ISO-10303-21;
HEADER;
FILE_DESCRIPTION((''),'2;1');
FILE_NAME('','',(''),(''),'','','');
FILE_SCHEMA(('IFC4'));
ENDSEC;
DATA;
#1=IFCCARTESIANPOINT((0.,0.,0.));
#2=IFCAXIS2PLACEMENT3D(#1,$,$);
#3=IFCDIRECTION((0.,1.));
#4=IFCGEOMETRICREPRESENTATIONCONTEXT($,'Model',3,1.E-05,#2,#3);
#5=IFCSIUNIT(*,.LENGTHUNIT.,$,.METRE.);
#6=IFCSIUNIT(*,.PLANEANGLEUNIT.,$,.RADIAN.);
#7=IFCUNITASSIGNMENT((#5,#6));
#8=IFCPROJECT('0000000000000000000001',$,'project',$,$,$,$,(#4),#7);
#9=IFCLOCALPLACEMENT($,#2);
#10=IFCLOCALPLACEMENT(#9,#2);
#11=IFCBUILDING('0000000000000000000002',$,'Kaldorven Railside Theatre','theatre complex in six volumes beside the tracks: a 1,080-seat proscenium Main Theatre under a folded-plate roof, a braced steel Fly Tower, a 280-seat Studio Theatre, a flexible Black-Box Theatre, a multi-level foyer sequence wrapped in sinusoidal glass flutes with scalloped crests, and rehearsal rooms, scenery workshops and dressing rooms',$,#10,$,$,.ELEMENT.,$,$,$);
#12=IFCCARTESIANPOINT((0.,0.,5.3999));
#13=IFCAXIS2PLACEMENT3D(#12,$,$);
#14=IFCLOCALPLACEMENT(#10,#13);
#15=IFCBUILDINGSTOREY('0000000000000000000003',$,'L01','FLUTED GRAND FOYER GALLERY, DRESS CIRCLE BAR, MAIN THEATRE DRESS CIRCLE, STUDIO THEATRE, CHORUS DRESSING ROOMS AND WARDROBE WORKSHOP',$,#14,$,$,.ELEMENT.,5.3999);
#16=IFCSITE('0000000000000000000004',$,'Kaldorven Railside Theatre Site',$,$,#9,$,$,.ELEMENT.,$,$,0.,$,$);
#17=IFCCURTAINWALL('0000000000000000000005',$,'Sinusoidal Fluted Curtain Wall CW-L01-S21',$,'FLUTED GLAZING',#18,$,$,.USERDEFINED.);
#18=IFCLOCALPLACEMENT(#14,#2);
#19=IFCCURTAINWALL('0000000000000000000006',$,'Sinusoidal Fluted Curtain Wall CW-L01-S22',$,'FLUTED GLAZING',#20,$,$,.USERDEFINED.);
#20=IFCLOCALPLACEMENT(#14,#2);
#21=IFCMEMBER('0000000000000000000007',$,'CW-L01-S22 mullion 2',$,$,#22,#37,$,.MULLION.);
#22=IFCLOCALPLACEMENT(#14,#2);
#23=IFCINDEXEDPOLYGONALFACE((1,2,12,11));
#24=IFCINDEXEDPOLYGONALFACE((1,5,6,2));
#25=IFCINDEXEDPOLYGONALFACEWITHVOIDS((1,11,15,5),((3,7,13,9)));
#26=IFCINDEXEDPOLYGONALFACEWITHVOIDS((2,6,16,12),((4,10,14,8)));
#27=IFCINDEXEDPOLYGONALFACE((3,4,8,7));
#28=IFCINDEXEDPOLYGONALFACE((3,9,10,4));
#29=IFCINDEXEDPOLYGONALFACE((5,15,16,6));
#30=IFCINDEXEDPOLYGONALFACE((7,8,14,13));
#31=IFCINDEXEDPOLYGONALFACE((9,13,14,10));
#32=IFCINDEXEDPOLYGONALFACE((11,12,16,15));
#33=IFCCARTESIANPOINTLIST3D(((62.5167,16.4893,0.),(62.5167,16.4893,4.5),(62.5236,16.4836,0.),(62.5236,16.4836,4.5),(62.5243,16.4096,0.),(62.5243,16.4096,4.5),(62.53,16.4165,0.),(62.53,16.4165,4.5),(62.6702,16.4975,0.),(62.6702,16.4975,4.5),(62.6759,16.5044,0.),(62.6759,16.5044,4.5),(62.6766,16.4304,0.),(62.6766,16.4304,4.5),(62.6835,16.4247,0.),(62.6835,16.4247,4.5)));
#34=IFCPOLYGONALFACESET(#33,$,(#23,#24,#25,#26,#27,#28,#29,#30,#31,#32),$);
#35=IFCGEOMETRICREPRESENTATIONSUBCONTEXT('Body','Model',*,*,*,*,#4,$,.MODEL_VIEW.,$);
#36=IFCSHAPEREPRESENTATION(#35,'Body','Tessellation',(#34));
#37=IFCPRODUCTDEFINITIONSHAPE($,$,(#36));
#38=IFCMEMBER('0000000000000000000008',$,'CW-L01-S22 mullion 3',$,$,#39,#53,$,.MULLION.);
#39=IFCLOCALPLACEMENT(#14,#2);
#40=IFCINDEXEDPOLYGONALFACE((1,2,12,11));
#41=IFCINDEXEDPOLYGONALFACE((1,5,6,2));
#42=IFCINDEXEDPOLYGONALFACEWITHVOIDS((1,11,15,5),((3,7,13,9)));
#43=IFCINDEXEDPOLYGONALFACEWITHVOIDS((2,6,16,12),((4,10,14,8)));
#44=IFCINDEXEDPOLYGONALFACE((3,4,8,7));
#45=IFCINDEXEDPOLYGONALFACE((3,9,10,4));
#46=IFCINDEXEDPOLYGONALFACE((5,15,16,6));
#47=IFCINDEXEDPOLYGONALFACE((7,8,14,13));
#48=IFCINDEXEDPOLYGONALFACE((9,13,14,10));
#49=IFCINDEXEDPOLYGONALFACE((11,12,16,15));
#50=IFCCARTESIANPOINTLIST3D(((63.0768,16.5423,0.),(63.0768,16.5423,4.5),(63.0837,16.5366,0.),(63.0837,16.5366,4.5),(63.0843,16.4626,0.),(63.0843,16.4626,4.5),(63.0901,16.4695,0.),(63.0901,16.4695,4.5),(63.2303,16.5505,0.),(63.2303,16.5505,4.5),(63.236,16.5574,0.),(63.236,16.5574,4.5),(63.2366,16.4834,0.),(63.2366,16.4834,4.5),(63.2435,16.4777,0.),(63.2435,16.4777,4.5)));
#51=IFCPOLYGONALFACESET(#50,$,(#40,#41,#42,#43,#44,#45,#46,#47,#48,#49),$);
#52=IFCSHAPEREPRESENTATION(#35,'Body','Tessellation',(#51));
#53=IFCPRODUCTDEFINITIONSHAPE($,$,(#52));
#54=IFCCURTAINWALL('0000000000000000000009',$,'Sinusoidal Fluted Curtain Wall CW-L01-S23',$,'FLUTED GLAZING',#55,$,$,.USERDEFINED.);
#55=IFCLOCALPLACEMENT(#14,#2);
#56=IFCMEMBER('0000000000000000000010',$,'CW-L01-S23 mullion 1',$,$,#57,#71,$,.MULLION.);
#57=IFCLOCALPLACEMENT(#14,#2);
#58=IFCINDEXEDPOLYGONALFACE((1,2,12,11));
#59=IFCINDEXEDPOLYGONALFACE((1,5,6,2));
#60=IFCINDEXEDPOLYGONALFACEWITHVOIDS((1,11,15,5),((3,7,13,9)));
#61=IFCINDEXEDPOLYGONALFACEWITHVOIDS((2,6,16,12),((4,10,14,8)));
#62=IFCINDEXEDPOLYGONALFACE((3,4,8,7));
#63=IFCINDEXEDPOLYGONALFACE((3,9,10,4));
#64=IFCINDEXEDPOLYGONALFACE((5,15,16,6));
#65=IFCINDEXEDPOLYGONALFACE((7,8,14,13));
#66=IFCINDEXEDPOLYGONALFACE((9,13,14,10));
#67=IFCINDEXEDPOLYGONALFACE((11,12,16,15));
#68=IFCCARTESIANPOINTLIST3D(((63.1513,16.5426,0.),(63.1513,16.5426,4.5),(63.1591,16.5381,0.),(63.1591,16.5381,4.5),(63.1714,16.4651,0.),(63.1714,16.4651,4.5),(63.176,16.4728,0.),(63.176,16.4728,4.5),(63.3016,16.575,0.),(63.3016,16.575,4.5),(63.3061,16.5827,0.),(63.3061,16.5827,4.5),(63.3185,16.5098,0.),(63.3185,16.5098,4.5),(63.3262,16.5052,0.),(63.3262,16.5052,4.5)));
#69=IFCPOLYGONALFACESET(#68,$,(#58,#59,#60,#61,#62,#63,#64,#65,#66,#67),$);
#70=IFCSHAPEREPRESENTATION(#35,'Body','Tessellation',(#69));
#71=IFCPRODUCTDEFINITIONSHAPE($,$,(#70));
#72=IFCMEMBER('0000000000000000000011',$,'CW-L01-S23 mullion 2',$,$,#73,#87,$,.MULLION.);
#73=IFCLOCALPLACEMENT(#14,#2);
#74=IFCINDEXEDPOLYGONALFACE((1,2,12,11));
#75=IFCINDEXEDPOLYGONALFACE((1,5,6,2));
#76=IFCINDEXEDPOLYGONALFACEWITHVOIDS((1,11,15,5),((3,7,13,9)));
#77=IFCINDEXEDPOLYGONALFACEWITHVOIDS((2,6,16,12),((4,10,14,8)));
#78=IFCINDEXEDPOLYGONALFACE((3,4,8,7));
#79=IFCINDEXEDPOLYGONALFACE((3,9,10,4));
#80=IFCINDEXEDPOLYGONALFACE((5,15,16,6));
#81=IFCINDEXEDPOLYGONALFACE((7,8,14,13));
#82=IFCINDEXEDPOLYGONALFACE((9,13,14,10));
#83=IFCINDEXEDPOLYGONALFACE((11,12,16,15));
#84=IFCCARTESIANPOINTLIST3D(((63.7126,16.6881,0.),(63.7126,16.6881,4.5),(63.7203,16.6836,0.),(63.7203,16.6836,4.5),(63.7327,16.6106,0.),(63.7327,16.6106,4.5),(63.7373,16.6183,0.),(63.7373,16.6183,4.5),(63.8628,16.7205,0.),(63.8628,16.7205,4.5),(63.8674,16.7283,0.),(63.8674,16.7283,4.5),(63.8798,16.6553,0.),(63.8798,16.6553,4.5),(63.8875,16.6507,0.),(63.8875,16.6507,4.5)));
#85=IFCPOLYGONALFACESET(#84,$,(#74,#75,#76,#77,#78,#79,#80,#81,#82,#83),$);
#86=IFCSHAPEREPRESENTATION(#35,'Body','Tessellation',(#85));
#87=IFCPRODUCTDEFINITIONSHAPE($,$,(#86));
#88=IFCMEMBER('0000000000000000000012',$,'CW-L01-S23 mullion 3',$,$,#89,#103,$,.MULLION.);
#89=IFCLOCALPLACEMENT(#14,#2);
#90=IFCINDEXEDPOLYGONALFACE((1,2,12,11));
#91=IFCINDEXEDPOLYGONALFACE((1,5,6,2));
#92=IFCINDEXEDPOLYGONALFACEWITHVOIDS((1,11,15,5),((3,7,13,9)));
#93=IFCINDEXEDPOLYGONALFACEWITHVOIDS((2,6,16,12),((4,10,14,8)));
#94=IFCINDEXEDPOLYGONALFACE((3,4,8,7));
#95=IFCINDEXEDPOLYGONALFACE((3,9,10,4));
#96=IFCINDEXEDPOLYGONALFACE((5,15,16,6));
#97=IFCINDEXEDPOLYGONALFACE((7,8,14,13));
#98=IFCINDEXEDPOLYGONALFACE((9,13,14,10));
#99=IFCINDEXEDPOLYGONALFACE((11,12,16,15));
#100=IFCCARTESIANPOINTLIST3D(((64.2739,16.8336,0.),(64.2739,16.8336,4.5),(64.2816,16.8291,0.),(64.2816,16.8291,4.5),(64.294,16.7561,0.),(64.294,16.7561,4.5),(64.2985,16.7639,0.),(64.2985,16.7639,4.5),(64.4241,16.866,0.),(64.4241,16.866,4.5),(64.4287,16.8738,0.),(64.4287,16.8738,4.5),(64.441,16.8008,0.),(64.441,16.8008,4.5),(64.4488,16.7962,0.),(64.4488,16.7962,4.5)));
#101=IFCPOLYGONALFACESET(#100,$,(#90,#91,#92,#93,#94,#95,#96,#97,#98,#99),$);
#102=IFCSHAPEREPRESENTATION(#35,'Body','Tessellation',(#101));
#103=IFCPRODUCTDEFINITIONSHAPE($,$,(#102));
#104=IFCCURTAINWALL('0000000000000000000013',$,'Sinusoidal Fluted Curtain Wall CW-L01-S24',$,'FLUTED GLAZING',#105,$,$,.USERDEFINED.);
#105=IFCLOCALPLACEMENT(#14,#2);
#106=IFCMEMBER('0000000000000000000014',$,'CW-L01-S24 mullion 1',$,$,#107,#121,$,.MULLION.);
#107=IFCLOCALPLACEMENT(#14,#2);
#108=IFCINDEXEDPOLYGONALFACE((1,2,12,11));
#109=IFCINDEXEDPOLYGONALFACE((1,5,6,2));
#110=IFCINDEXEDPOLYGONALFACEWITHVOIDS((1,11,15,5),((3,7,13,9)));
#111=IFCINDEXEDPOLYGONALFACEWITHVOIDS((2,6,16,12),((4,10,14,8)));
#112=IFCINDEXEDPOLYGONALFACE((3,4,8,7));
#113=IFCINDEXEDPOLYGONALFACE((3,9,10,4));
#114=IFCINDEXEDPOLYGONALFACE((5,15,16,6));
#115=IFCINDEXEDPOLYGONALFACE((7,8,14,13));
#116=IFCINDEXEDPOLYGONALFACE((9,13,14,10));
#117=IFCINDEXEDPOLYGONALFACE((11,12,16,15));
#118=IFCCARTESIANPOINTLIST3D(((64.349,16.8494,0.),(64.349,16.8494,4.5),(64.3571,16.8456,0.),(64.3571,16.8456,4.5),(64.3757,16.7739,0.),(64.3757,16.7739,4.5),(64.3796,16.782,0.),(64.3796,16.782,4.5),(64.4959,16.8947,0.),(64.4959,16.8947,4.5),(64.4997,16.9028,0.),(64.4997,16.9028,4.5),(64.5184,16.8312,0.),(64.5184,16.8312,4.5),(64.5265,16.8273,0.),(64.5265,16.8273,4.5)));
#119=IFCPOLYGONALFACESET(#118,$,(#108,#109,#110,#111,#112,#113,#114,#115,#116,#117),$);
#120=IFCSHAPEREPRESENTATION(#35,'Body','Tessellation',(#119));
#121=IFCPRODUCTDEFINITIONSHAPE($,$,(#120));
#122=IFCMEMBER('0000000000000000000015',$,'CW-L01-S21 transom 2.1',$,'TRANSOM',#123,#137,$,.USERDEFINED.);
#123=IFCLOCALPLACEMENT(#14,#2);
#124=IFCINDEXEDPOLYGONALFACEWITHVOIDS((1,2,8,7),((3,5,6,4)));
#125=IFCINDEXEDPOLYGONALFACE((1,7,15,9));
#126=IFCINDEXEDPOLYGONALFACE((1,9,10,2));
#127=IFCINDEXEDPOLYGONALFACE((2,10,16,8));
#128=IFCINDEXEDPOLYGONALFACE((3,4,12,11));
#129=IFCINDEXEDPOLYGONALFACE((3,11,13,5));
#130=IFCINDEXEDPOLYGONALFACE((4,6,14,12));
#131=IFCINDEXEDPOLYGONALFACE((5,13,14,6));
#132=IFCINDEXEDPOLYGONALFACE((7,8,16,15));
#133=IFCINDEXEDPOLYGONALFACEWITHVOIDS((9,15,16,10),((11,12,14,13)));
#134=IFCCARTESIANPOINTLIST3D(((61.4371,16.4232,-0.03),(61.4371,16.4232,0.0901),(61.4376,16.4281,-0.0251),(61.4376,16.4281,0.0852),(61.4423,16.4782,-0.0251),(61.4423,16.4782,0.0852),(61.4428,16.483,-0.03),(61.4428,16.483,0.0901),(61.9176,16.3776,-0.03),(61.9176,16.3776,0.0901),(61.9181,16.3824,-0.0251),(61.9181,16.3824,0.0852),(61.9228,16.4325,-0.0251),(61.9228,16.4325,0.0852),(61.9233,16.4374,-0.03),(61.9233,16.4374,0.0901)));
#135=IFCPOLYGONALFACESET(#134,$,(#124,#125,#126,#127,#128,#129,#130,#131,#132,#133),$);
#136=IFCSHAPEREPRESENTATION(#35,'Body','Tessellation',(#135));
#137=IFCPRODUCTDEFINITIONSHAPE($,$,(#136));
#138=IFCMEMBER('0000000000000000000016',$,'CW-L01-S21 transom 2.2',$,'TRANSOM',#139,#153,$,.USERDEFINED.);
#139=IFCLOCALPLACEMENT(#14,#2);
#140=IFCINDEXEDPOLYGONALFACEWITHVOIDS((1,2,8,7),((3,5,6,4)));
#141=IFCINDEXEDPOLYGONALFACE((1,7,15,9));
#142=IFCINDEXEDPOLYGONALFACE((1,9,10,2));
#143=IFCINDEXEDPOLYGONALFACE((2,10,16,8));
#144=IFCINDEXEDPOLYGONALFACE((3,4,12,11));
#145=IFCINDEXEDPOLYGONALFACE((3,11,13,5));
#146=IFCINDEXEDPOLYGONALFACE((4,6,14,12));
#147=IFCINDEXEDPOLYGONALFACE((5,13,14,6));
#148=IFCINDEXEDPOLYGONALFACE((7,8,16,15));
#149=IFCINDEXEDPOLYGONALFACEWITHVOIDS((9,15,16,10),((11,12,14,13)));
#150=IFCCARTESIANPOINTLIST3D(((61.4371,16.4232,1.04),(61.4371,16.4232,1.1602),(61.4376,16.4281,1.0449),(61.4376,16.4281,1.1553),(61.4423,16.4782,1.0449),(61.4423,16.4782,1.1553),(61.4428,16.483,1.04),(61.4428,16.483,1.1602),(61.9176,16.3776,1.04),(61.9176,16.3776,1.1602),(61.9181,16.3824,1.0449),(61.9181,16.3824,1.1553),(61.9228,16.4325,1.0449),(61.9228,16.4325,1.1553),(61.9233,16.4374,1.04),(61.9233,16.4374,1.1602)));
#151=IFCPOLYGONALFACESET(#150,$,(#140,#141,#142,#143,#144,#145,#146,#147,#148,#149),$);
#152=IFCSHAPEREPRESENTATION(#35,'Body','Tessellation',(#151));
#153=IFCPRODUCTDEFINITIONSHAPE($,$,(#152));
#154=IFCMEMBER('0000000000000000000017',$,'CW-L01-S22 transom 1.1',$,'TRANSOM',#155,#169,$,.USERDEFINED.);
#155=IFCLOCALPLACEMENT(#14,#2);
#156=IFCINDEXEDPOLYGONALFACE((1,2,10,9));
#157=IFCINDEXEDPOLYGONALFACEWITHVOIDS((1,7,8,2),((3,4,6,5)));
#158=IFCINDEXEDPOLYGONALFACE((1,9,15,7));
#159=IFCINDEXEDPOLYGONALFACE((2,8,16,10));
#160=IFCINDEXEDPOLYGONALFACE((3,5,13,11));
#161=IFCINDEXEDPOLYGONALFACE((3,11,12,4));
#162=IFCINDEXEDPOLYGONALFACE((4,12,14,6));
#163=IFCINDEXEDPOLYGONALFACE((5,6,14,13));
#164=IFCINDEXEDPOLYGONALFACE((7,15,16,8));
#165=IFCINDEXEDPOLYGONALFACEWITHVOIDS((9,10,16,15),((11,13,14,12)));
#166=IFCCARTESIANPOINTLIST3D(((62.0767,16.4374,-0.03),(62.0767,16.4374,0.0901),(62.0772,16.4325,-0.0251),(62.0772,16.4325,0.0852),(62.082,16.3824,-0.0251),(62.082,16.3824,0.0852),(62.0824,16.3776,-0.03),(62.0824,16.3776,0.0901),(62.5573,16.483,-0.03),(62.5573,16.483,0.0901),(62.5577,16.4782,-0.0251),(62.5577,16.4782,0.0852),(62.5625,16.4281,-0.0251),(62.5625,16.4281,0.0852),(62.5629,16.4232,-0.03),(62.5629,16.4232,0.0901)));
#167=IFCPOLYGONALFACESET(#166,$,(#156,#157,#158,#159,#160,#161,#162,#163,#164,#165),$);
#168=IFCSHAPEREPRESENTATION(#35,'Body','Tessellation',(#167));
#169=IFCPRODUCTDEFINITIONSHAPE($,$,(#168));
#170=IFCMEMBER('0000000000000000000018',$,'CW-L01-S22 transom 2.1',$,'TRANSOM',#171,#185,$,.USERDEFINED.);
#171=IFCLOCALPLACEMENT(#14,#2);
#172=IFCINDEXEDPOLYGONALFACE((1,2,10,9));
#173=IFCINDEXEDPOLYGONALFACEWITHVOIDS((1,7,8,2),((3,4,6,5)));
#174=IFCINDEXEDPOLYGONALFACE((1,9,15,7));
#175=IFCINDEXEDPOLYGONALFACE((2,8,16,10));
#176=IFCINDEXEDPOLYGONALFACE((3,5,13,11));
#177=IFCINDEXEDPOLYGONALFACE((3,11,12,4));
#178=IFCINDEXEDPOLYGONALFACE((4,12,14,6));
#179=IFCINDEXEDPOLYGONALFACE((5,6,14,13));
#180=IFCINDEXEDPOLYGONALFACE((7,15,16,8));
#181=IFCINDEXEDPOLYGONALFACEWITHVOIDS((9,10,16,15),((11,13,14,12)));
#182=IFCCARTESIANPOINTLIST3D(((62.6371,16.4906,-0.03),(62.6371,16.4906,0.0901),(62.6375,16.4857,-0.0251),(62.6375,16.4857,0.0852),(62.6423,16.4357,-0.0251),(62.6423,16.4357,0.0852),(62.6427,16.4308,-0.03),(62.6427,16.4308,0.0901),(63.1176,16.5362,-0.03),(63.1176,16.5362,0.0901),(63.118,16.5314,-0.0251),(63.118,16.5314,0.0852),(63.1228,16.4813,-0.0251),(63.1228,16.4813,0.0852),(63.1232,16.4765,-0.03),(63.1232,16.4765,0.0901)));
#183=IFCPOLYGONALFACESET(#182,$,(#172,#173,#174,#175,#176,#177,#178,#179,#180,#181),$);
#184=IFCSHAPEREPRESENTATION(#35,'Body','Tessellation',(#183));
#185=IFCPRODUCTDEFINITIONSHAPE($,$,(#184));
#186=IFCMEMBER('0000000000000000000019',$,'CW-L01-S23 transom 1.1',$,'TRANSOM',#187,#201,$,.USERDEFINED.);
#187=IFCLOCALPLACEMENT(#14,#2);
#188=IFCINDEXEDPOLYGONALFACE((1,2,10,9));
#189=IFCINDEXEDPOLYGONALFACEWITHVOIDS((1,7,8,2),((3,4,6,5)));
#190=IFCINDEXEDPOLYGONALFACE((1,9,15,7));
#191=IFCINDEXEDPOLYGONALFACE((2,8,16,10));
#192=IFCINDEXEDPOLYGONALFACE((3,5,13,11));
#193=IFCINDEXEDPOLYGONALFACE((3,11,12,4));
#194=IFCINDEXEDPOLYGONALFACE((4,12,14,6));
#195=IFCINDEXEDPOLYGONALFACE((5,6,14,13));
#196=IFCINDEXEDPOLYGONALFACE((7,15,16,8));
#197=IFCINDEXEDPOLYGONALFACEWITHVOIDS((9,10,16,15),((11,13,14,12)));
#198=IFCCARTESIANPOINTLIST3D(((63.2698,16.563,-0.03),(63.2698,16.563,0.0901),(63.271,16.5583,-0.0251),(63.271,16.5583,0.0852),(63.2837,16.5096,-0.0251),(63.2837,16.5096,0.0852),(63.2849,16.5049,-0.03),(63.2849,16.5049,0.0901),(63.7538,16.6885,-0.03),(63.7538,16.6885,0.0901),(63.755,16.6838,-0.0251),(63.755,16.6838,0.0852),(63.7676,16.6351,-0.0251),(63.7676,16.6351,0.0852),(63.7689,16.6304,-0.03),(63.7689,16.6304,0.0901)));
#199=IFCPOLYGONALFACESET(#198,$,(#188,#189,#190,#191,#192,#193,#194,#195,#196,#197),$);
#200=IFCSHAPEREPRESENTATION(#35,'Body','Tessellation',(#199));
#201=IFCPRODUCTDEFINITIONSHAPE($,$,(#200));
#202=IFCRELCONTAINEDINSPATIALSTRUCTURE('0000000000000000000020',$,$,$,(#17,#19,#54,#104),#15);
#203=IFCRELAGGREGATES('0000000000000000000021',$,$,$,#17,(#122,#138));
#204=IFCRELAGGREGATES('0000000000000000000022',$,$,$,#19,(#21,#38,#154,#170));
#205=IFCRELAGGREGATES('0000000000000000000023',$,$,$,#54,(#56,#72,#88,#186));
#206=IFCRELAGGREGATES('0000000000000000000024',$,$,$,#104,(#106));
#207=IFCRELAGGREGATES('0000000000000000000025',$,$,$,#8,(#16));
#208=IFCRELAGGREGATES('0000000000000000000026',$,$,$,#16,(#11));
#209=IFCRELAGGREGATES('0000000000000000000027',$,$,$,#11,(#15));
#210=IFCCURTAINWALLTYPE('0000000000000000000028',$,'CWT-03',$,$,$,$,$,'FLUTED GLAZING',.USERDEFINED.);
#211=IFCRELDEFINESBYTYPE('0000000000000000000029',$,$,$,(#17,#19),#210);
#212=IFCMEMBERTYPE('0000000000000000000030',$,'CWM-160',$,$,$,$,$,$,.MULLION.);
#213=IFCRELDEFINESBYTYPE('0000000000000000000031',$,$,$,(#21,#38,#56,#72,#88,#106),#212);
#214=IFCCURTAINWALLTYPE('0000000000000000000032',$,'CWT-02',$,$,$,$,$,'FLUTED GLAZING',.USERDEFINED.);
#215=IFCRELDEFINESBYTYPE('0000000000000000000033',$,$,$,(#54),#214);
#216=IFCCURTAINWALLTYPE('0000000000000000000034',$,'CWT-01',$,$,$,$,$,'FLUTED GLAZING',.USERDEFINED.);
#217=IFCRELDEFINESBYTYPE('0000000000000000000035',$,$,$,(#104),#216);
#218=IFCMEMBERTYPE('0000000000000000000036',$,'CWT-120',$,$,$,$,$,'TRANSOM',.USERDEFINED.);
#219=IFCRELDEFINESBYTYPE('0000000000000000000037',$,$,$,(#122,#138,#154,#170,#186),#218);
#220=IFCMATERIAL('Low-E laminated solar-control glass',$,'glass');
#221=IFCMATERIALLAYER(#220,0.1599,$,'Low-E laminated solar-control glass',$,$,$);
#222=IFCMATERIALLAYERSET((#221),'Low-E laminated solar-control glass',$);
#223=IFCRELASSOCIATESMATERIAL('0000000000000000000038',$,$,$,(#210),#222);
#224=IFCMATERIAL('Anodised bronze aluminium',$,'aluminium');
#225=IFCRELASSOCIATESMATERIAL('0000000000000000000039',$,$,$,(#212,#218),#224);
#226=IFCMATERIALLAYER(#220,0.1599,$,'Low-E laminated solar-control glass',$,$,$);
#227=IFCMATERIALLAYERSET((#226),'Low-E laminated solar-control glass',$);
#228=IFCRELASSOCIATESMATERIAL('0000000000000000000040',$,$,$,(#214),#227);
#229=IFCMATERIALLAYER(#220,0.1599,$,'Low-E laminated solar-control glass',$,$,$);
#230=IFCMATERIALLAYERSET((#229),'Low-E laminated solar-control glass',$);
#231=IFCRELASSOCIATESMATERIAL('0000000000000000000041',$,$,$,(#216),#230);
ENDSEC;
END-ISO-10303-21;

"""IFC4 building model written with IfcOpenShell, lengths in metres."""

from ifc_helpers import new_model, si_unit, direction, frame, origin, origin_2d, place, context, subcontext, project, spatial, hollow_rectangle, extrude, material, layer, layer_set, material_profile, profile_set, type_object, element, aggregate, save


model = new_model("IFC4")

# Units and contexts
model_context = context("Model", 3, precision=1e-05, world=origin(), true_north=direction((0.0, 1.0)))
body_context = subcontext(model_context, "Body", "Model", "MODEL_VIEW")
ifc_project = project(units=[si_unit("LENGTHUNIT", "METRE"), si_unit("PLANEANGLEUNIT", "RADIAN")], contexts=[model_context])

# Site, building, storey
site_placement = place(None, origin())
site = spatial("IfcSite", under=ifc_project, at=site_placement, Name="Kaldorven Railside Theatre Site", CompositionType="ELEMENT", RefElevation=0.0)
building_placement = place(site_placement, origin())
building = spatial("IfcBuilding", under=site, at=building_placement, Name="Kaldorven Railside Theatre", Description="theatre complex in six volumes beside the tracks: a 1,080-seat proscenium Main Theatre under a folded-plate roof, a braced steel Fly Tower, a 280-seat Studio Theatre, a flexible Black-Box Theatre, a multi-level foyer sequence wrapped in sinusoidal glass flutes with scalloped crests, and rehearsal rooms, scenery workshops and dressing rooms", CompositionType="ELEMENT")
storey_placement = place(building_placement, frame((0.0, 0.0, 5.3999)))
storey = spatial("IfcBuildingStorey", under=building, at=storey_placement, Name="L01", Description="FLUTED GRAND FOYER GALLERY, DRESS CIRCLE BAR, MAIN THEATRE DRESS CIRCLE, STUDIO THEATRE, CHORUS DRESSING ROOMS AND WARDROBE WORKSHOP", CompositionType="ELEMENT", Elevation=5.3999)

# Curtain walls, members
ifc_material_1 = material(Name="Low-E laminated solar-control glass", Category="glass")
ifc_layer_1 = layer(ifc_material_1, 0.1599, Name="Low-E laminated solar-control glass")
ifc_layer_set_1 = layer_set([ifc_layer_1], Name="Low-E laminated solar-control glass")
curtain_wall_type_1 = type_object("IfcCurtainWallType", Name="CWT-03", ElementType="FLUTED GLAZING", PredefinedType="USERDEFINED", material=ifc_layer_set_1)
curtain_wall_1_placement = place(storey_placement, origin())
curtain_wall_1 = element("IfcCurtainWall", 1, at=curtain_wall_1_placement, inside=storey, type_object=curtain_wall_type_1, Name="Sinusoidal Fluted Curtain Wall CW-L01-S21", ObjectType="FLUTED GLAZING", PredefinedType="USERDEFINED")
ifc_material_2 = material(Name="Anodised bronze aluminium", Category="aluminium")
ifc_material_profile_1 = material_profile(ifc_material_2, hollow_rectangle(XDim=0.0801, YDim=0.1599, WallThickness=0.0063, at=origin_2d()), Name="RHS 160x80x6.3")
ifc_profile_set_1 = profile_set([ifc_material_profile_1], Name="Anodised bronze aluminium")
member_type_1 = type_object("IfcMemberType", Name="CWM-160", PredefinedType="MULLION", material=ifc_profile_set_1)
curtain_wall_2_placement = place(storey_placement, origin())
curtain_wall_2 = element("IfcCurtainWall", 2, at=curtain_wall_2_placement, inside=storey, type_object=curtain_wall_type_1, Name="Sinusoidal Fluted Curtain Wall CW-L01-S22", ObjectType="FLUTED GLAZING", PredefinedType="USERDEFINED")
member_1_placement = place(storey_placement, frame((62.6001, 16.457, 0.0), z_axis=(0.0, 0.0, 1.0), x_axis=(-0.094492, 0.995526, 0.0)))
member_1 = element("IfcMember", 3, at=member_1_placement, type_object=member_type_1, Name="CW-L01-S22 mullion 2", PredefinedType="MULLION", context=body_context, shape_type="SweptSolid", body=[
    extrude(hollow_rectangle(XDim=0.0801, YDim=0.1599, WallThickness=0.0063, at=origin_2d()), origin(), (0.0, 0.0, 1.0), 4.5),
])
member_2_placement = place(storey_placement, frame((63.1602, 16.51, 0.0), z_axis=(0.0, 0.0, 1.0), x_axis=(-0.094492, 0.995526, 0.0)))
member_2 = element("IfcMember", 4, at=member_2_placement, type_object=member_type_1, Name="CW-L01-S22 mullion 3", PredefinedType="MULLION", context=body_context, shape_type="SweptSolid", body=[
    extrude(hollow_rectangle(XDim=0.0801, YDim=0.1599, WallThickness=0.0063, at=origin_2d()), origin(), (0.0, 0.0, 1.0), 4.5),
])
ifc_layer_2 = layer(ifc_material_1, 0.1599, Name="Low-E laminated solar-control glass")
ifc_layer_set_2 = layer_set([ifc_layer_2], Name="Low-E laminated solar-control glass")
curtain_wall_type_2 = type_object("IfcCurtainWallType", Name="CWT-02", ElementType="FLUTED GLAZING", PredefinedType="USERDEFINED", material=ifc_layer_set_2)
curtain_wall_3_placement = place(storey_placement, origin())
curtain_wall_3 = element("IfcCurtainWall", 5, at=curtain_wall_3_placement, inside=storey, type_object=curtain_wall_type_2, Name="Sinusoidal Fluted Curtain Wall CW-L01-S23", ObjectType="FLUTED GLAZING", PredefinedType="USERDEFINED")
member_3_placement = place(storey_placement, frame((63.2388, 16.5239, 0.0), z_axis=(0.0, 0.0, 1.0), x_axis=(-0.250954, 0.967999, 0.0)))
member_3 = element("IfcMember", 6, at=member_3_placement, type_object=member_type_1, Name="CW-L01-S23 mullion 1", PredefinedType="MULLION", context=body_context, shape_type="SweptSolid", body=[
    extrude(hollow_rectangle(XDim=0.0801, YDim=0.1599, WallThickness=0.0063, at=origin_2d()), origin(), (0.0, 0.0, 1.0), 4.5),
])
member_4_placement = place(storey_placement, frame((63.8, 16.6694, 0.0), z_axis=(0.0, 0.0, 1.0), x_axis=(-0.250954, 0.967999, 0.0)))
member_4 = element("IfcMember", 7, at=member_4_placement, type_object=member_type_1, Name="CW-L01-S23 mullion 2", PredefinedType="MULLION", context=body_context, shape_type="SweptSolid", body=[
    extrude(hollow_rectangle(XDim=0.0801, YDim=0.1599, WallThickness=0.0063, at=origin_2d()), origin(), (0.0, 0.0, 1.0), 4.5),
])
member_5_placement = place(storey_placement, frame((64.3613, 16.8149, 0.0), z_axis=(0.0, 0.0, 1.0), x_axis=(-0.250954, 0.967999, 0.0)))
member_5 = element("IfcMember", 8, at=member_5_placement, type_object=member_type_1, Name="CW-L01-S23 mullion 3", PredefinedType="MULLION", context=body_context, shape_type="SweptSolid", body=[
    extrude(hollow_rectangle(XDim=0.0801, YDim=0.1599, WallThickness=0.0063, at=origin_2d()), origin(), (0.0, 0.0, 1.0), 4.5),
])

# Curtain wall, member
ifc_layer_3 = layer(ifc_material_1, 0.1599, Name="Low-E laminated solar-control glass")
ifc_layer_set_3 = layer_set([ifc_layer_3], Name="Low-E laminated solar-control glass")
curtain_wall_type_3 = type_object("IfcCurtainWallType", Name="CWT-01", ElementType="FLUTED GLAZING", PredefinedType="USERDEFINED", material=ifc_layer_set_3)
curtain_wall_4_placement = place(storey_placement, origin())
curtain_wall_4 = element("IfcCurtainWall", 9, at=curtain_wall_4_placement, inside=storey, type_object=curtain_wall_type_3, Name="Sinusoidal Fluted Curtain Wall CW-L01-S24", ObjectType="FLUTED GLAZING", PredefinedType="USERDEFINED")
member_6_placement = place(storey_placement, frame((64.4377, 16.8384, 0.0), z_axis=(0.0, 0.0, 1.0), x_axis=(-0.333847, 0.942627, 0.0)))
member_6 = element("IfcMember", 10, at=member_6_placement, type_object=member_type_1, Name="CW-L01-S24 mullion 1", PredefinedType="MULLION", context=body_context, shape_type="SweptSolid", body=[
    extrude(hollow_rectangle(XDim=0.0801, YDim=0.1599, WallThickness=0.0063, at=origin_2d()), origin(), (0.0, 0.0, 1.0), 4.5),
])

# Members
ifc_material_profile_2 = material_profile(ifc_material_2, hollow_rectangle(XDim=0.0601, YDim=0.1201, WallThickness=0.0049, at=origin_2d()), Name="RHS 120x60x5")
ifc_profile_set_2 = profile_set([ifc_material_profile_2], Name="Anodised bronze aluminium")
member_type_2 = type_object("IfcMemberType", Name="CWT-120", ElementType="TRANSOM", PredefinedType="USERDEFINED", material=ifc_profile_set_2)
member_7_placement = place(storey_placement, frame((61.4399, 16.4531, 0.03), z_axis=(0.995516, -0.094594, 0.0), x_axis=(0.094594, 0.995516, 0.0)))
member_7 = element("IfcMember", 11, at=member_7_placement, type_object=member_type_2, Name="CW-L01-S21 transom 2.1", ObjectType="TRANSOM", PredefinedType="USERDEFINED", context=body_context, shape_type="SweptSolid", body=[
    extrude(hollow_rectangle(XDim=0.0601, YDim=0.1201, WallThickness=0.0049, at=origin_2d()), origin(), (0.0, 0.0, 1.0), 0.4827),
])
member_8_placement = place(storey_placement, frame((61.4399, 16.4531, 1.1001), z_axis=(0.995516, -0.094594, 0.0), x_axis=(0.094594, 0.995516, 0.0)))
member_8 = element("IfcMember", 12, at=member_8_placement, type_object=member_type_2, Name="CW-L01-S21 transom 2.2", ObjectType="TRANSOM", PredefinedType="USERDEFINED", context=body_context, shape_type="SweptSolid", body=[
    extrude(hollow_rectangle(XDim=0.0601, YDim=0.1201, WallThickness=0.0049, at=origin_2d()), origin(), (0.0, 0.0, 1.0), 0.4827),
])
member_9_placement = place(storey_placement, frame((62.0796, 16.4075, 0.03), z_axis=(0.995516, 0.094594, 0.0), x_axis=(-0.094594, 0.995516, 0.0)))
member_9 = element("IfcMember", 13, at=member_9_placement, type_object=member_type_2, Name="CW-L01-S22 transom 1.1", ObjectType="TRANSOM", PredefinedType="USERDEFINED", context=body_context, shape_type="SweptSolid", body=[
    extrude(hollow_rectangle(XDim=0.0601, YDim=0.1201, WallThickness=0.0049, at=origin_2d()), origin(), (0.0, 0.0, 1.0), 0.4827),
])
member_10_placement = place(storey_placement, frame((62.6399, 16.4607, 0.03), z_axis=(0.995516, 0.094594, 0.0), x_axis=(-0.094594, 0.995516, 0.0)))
member_10 = element("IfcMember", 14, at=member_10_placement, type_object=member_type_2, Name="CW-L01-S22 transom 2.1", ObjectType="TRANSOM", PredefinedType="USERDEFINED", context=body_context, shape_type="SweptSolid", body=[
    extrude(hollow_rectangle(XDim=0.0601, YDim=0.1201, WallThickness=0.0049, at=origin_2d()), origin(), (0.0, 0.0, 1.0), 0.4827),
])
member_11_placement = place(storey_placement, frame((63.2773, 16.5339, 0.03), z_axis=(0.967979, 0.25103, 0.0), x_axis=(-0.25103, 0.967979, 0.0)))
member_11 = element("IfcMember", 15, at=member_11_placement, type_object=member_type_2, Name="CW-L01-S23 transom 1.1", ObjectType="TRANSOM", PredefinedType="USERDEFINED", context=body_context, shape_type="SweptSolid", body=[
    extrude(hollow_rectangle(XDim=0.0601, YDim=0.1201, WallThickness=0.0049, at=origin_2d()), origin(), (0.0, 0.0, 1.0), 0.5),
])

aggregate(curtain_wall_1, [member_7, member_8])
aggregate(curtain_wall_2, [member_1, member_2, member_9, member_10])
aggregate(curtain_wall_3, [member_3, member_4, member_5, member_11])
aggregate(curtain_wall_4, [member_6])

save(model, "model.ifc")
